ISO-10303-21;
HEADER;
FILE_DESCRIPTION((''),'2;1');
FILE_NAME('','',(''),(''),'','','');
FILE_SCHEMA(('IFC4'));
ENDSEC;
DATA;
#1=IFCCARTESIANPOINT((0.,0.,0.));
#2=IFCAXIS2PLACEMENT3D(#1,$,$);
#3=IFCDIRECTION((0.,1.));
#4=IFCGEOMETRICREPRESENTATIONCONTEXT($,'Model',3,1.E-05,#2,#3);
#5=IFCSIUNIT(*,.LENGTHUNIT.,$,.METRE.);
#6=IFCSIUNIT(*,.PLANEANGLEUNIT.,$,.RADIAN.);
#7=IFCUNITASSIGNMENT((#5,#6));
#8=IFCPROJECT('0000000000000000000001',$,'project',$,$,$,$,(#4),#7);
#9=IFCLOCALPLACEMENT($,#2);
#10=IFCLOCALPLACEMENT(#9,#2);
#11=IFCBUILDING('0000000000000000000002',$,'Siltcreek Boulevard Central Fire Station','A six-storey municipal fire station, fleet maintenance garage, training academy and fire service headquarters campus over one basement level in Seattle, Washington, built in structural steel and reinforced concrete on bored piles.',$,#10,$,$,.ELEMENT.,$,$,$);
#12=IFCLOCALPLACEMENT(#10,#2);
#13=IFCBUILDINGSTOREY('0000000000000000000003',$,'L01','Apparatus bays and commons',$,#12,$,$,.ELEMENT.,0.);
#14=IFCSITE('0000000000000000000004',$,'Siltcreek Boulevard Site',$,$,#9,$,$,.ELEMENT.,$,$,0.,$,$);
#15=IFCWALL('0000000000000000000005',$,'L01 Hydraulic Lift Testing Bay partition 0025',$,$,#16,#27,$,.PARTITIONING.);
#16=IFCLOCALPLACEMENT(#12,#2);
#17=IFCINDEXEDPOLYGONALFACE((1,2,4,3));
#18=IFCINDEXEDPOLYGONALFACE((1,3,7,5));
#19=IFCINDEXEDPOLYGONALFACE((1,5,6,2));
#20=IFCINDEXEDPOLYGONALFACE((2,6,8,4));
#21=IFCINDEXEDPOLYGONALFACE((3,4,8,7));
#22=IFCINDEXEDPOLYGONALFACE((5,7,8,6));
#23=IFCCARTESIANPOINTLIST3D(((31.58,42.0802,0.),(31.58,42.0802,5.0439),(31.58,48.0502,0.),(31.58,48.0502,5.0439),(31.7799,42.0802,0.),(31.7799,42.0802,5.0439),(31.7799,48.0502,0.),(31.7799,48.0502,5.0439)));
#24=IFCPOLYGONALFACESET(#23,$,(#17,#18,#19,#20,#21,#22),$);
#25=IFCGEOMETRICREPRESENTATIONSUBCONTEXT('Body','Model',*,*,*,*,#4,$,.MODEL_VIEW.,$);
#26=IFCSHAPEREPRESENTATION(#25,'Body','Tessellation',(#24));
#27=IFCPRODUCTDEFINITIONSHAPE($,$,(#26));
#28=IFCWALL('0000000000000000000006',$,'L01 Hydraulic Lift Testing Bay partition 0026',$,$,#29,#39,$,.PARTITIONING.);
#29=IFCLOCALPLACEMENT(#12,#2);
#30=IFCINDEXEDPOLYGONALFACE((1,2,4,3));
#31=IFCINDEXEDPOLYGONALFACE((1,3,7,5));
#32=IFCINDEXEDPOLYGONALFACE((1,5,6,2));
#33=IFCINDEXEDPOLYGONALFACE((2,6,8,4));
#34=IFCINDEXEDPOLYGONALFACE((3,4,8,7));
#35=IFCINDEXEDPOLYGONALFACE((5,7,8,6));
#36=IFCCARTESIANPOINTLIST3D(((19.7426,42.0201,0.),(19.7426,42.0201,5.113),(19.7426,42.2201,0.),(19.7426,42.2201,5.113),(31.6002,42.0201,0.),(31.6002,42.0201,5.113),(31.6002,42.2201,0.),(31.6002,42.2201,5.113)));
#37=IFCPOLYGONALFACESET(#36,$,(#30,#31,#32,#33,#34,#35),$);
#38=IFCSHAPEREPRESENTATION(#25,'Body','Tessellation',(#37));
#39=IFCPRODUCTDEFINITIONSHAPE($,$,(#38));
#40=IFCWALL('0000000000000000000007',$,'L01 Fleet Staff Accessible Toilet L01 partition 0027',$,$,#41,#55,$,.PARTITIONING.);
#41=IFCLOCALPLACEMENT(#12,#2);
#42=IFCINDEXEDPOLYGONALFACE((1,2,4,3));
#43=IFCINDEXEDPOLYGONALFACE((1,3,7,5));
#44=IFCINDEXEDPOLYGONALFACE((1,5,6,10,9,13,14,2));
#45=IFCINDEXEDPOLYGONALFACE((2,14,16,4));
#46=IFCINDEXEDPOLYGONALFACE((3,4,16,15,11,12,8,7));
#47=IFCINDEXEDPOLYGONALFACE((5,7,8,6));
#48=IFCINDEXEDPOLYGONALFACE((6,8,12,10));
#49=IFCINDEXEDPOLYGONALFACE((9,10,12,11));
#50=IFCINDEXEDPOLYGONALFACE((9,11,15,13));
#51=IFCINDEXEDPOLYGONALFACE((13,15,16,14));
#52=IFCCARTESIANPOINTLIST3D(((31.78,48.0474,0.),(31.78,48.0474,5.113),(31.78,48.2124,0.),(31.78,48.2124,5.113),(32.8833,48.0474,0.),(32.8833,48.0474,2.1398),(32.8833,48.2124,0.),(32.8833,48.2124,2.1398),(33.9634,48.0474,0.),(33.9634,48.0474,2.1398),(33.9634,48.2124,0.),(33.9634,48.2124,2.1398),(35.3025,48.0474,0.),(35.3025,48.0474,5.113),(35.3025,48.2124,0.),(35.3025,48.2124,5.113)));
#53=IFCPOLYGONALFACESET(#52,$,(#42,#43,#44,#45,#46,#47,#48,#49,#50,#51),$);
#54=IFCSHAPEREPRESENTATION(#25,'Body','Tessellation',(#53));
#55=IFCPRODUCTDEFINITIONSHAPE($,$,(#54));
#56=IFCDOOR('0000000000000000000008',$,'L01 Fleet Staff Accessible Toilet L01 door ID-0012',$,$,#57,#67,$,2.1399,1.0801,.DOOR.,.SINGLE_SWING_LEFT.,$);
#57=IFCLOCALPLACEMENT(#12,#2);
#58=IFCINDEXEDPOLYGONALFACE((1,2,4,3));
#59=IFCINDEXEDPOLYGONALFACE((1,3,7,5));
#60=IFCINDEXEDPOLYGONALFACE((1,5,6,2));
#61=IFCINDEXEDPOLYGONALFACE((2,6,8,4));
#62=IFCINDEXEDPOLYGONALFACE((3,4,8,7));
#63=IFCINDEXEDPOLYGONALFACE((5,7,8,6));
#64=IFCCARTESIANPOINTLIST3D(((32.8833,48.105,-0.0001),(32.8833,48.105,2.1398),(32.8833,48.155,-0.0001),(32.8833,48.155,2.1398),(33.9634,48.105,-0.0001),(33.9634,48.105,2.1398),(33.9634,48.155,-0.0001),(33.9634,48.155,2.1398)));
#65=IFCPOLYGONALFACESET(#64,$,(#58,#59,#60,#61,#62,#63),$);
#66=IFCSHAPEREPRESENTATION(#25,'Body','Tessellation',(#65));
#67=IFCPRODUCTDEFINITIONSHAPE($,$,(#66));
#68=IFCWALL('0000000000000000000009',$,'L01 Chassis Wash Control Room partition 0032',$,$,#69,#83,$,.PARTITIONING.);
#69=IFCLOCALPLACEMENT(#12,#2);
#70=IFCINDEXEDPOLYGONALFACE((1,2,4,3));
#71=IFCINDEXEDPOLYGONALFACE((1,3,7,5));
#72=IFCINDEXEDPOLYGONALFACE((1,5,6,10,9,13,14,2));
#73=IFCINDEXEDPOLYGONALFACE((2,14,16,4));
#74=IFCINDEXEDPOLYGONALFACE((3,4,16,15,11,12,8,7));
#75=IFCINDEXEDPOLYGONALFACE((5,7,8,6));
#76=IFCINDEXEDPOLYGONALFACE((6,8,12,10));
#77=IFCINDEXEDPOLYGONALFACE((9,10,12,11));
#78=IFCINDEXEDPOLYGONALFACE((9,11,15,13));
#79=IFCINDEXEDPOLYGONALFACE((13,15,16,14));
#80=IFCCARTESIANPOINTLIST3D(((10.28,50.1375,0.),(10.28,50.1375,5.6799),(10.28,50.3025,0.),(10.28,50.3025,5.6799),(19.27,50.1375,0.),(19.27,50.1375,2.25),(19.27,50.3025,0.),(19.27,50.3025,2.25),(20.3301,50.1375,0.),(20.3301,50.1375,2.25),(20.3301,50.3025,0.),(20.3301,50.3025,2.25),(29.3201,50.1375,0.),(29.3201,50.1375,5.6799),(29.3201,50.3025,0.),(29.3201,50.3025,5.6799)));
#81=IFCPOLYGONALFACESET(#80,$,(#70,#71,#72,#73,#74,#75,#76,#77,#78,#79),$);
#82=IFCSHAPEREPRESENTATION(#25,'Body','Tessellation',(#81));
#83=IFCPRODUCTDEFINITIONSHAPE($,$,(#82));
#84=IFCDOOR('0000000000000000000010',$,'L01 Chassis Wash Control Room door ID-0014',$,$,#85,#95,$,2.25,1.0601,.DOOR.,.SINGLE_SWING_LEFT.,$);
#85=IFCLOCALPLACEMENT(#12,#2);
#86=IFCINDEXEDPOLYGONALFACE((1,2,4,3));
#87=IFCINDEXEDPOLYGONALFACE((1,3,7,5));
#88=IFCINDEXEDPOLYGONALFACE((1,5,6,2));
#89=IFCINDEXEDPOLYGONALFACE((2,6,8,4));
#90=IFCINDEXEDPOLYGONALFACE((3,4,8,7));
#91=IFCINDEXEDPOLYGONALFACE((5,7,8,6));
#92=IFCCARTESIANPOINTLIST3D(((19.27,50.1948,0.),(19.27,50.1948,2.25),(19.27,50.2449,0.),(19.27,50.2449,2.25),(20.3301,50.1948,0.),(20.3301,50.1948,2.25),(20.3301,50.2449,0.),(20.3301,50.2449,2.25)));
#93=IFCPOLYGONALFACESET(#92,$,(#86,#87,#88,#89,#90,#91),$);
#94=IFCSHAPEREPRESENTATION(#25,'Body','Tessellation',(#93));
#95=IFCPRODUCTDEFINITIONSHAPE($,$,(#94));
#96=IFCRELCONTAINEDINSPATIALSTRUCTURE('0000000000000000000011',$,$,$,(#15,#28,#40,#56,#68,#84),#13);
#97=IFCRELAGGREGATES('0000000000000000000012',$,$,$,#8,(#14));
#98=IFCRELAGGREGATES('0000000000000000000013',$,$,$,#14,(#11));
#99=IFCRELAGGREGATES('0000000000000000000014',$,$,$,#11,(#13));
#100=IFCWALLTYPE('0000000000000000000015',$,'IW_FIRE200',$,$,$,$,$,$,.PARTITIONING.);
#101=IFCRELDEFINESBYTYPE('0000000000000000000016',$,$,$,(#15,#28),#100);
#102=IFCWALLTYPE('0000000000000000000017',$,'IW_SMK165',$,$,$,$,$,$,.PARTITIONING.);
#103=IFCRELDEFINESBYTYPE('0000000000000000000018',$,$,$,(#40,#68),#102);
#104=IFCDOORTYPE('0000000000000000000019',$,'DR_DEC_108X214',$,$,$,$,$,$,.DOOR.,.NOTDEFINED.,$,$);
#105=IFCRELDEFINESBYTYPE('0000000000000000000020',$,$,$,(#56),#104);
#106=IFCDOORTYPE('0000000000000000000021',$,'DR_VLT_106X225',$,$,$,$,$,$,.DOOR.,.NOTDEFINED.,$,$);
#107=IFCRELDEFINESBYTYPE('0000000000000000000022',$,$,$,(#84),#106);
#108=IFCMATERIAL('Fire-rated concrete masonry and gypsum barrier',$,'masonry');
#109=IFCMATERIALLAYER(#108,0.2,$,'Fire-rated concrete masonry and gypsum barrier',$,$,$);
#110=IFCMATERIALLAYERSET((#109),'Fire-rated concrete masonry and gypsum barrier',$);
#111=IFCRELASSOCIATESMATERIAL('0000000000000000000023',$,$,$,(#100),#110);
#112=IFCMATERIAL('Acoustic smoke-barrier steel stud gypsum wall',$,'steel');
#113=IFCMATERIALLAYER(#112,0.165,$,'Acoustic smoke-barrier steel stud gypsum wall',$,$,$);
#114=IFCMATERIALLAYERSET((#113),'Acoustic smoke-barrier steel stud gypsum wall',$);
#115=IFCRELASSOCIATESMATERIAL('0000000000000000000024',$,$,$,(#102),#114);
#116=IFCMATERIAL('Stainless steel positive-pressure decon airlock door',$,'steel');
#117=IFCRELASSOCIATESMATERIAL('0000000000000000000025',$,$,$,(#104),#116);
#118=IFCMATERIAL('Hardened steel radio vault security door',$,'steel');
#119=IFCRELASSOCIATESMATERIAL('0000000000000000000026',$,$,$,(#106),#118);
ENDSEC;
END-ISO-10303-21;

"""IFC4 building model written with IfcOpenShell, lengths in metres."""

from ifc_helpers import new_model, si_unit, direction, frame, frame_2d, origin, place, context, subcontext, project, spatial, rectangle, extrude, material, layer, layer_set, type_object, element, fill, save


model = new_model("IFC4")

# Units and contexts
model_context = context("Model", 3, precision=1e-05, world=origin(), true_north=direction((0.0, 1.0)))
body_context = subcontext(model_context, "Body", "Model", "MODEL_VIEW")
ifc_project = project(units=[si_unit("LENGTHUNIT", "METRE"), si_unit("PLANEANGLEUNIT", "RADIAN")], contexts=[model_context])

# Site, building, storey
site_placement = place(None, origin())
site = spatial("IfcSite", under=ifc_project, at=site_placement, Name="Siltcreek Boulevard Site", CompositionType="ELEMENT", RefElevation=0.0)
building_placement = place(site_placement, origin())
building = spatial("IfcBuilding", under=site, at=building_placement, Name="Siltcreek Boulevard Central Fire Station", Description="A six-storey municipal fire station, fleet maintenance garage, training academy and fire service headquarters campus over one basement level in Seattle, Washington, built in structural steel and reinforced concrete on bored piles.", CompositionType="ELEMENT")
storey_placement = place(building_placement, origin())
storey = spatial("IfcBuildingStorey", under=building, at=storey_placement, Name="L01", Description="Apparatus bays and commons", CompositionType="ELEMENT", Elevation=0.0)

# Walls
ifc_material_1 = material(Name="Fire-rated concrete masonry and gypsum barrier", Category="masonry")
ifc_layer_1 = layer(ifc_material_1, 0.2, Name="Fire-rated concrete masonry and gypsum barrier")
ifc_layer_set_1 = layer_set([ifc_layer_1], Name="Fire-rated concrete masonry and gypsum barrier")
wall_type_1 = type_object("IfcWallType", Name="IW_FIRE200", PredefinedType="PARTITIONING", material=ifc_layer_set_1)
wall_1_placement = place(storey_placement, frame((31.6799, 48.05, 0.0), z_axis=(0.0, 0.0, 1.0), x_axis=(0.0, -1.0, 0.0)))
element("IfcWall", 1, at=wall_1_placement, inside=storey, type_object=wall_type_1, Name="L01 Hydraulic Lift Testing Bay partition 0025", PredefinedType="PARTITIONING", context=body_context, shape_type="SweptSolid", body=[
    extrude(rectangle(XDim=5.97, YDim=0.2, at=frame_2d((2.9849, 0.0))), origin(), (0.0, 0.0, 1.0), 5.0439),
])
wall_2_placement = place(storey_placement, frame((31.6001, 42.1201, 0.0), z_axis=(0.0, 0.0, 1.0), x_axis=(-1.0, 0.0, 0.0)))
element("IfcWall", 2, at=wall_2_placement, inside=storey, type_object=wall_type_1, Name="L01 Hydraulic Lift Testing Bay partition 0026", PredefinedType="PARTITIONING", context=body_context, shape_type="SweptSolid", body=[
    extrude(rectangle(XDim=11.8577, YDim=0.2, at=frame_2d((5.9287, 0.0))), origin(), (0.0, 0.0, 1.0), 5.113),
])

# Walls, openings, doors
ifc_material_2 = material(Name="Acoustic smoke-barrier steel stud gypsum wall", Category="steel")
ifc_layer_2 = layer(ifc_material_2, 0.165, Name="Acoustic smoke-barrier steel stud gypsum wall")
ifc_layer_set_2 = layer_set([ifc_layer_2], Name="Acoustic smoke-barrier steel stud gypsum wall")
wall_type_2 = type_object("IfcWallType", Name="IW_SMK165", PredefinedType="PARTITIONING", material=ifc_layer_set_2)
wall_3_placement = place(storey_placement, frame((31.78, 48.1299, 0.0), z_axis=(0.0, 0.0, 1.0), x_axis=(1.0, 0.0, 0.0)))
wall_3 = element("IfcWall", 3, at=wall_3_placement, inside=storey, type_object=wall_type_2, Name="L01 Fleet Staff Accessible Toilet L01 partition 0027", PredefinedType="PARTITIONING", context=body_context, shape_type="SweptSolid", body=[
    extrude(rectangle(XDim=3.5225, YDim=0.165, at=frame_2d((1.7612, 0.0))), origin(), (0.0, 0.0, 1.0), 5.113),
])
opening_1_placement = place(wall_3_placement, frame((1.1033, 0.0, 0.0)))
opening_1 = element("IfcOpeningElement", 4, at=opening_1_placement, cuts=wall_3, PredefinedType="OPENING", context=body_context, shape_type="SweptSolid", body=[
    extrude(rectangle(XDim=1.0801, YDim=2.1399, at=frame_2d((0.54, 1.0698))), frame((0.0, 0.0925, 0.0), z_axis=(0.0, -1.0, 0.0), x_axis=(1.0, 0.0, 0.0)), (0.0, 0.0, 1.0), 0.1851),
])
ifc_material_3 = material(Name="Stainless steel positive-pressure decon airlock door", Category="steel")
door_type_1 = type_object("IfcDoorType", Name="DR_DEC_108X214", OperationType="NOTDEFINED", PredefinedType="DOOR", material=ifc_material_3)
door_1_placement = place(opening_1_placement, frame((1.0801, 0.0, 0.0), z_axis=(0.0, 0.0, 1.0), x_axis=(-1.0, 0.0, 0.0)))
door_1 = element("IfcDoor", 5, at=door_1_placement, inside=storey, type_object=door_type_1, Name="L01 Fleet Staff Accessible Toilet L01 door ID-0012", OperationType="SINGLE_SWING_LEFT", OverallHeight=2.1399, OverallWidth=1.0801, PredefinedType="DOOR", context=body_context, shape_type="SweptSolid", body=[
    extrude(rectangle(XDim=1.0801, YDim=2.1399, at=frame_2d((0.54, 1.0698))), frame((0.0, 0.0249, 0.0), z_axis=(0.0, -1.0, 0.0), x_axis=(1.0, 0.0, 0.0)), (0.0, 0.0, 1.0), 0.05),
])
fill(opening_1, door_1)
wall_4_placement = place(storey_placement, frame((29.3201, 50.22, 0.0), z_axis=(0.0, 0.0, 1.0), x_axis=(-1.0, 0.0, 0.0)))
wall_4 = element("IfcWall", 6, at=wall_4_placement, inside=storey, type_object=wall_type_2, Name="L01 Chassis Wash Control Room partition 0032", PredefinedType="PARTITIONING", context=body_context, shape_type="SweptSolid", body=[
    extrude(rectangle(XDim=19.04, YDim=0.165, at=frame_2d((9.52, 0.0))), origin(), (0.0, 0.0, 1.0), 5.6799),
])
opening_2_placement = place(wall_4_placement, frame((8.99, 0.0, 0.0)))
opening_2 = element("IfcOpeningElement", 7, at=opening_2_placement, cuts=wall_4, PredefinedType="OPENING", context=body_context, shape_type="SweptSolid", body=[
    extrude(rectangle(XDim=1.0601, YDim=2.25, at=frame_2d((0.53, 1.125))), frame((0.0, 0.0925, 0.0), z_axis=(0.0, -1.0, 0.0), x_axis=(1.0, 0.0, 0.0)), (0.0, 0.0, 1.0), 0.1851),
])
ifc_material_4 = material(Name="Hardened steel radio vault security door", Category="steel")
door_type_2 = type_object("IfcDoorType", Name="DR_VLT_106X225", OperationType="NOTDEFINED", PredefinedType="DOOR", material=ifc_material_4)
door_2_placement = place(opening_2_placement, frame((1.0601, 0.0, 0.0), z_axis=(0.0, 0.0, 1.0), x_axis=(-1.0, 0.0, 0.0)))
door_2 = element("IfcDoor", 8, at=door_2_placement, inside=storey, type_object=door_type_2, Name="L01 Chassis Wash Control Room door ID-0014", OperationType="SINGLE_SWING_LEFT", OverallHeight=2.25, OverallWidth=1.0601, PredefinedType="DOOR", context=body_context, shape_type="SweptSolid", body=[
    extrude(rectangle(XDim=1.0601, YDim=2.25, at=frame_2d((0.53, 1.125))), frame((0.0, 0.0249, 0.0), z_axis=(0.0, -1.0, 0.0), x_axis=(1.0, 0.0, 0.0)), (0.0, 0.0, 1.0), 0.05),
])
fill(opening_2, door_2)

save(model, "model.ifc")
